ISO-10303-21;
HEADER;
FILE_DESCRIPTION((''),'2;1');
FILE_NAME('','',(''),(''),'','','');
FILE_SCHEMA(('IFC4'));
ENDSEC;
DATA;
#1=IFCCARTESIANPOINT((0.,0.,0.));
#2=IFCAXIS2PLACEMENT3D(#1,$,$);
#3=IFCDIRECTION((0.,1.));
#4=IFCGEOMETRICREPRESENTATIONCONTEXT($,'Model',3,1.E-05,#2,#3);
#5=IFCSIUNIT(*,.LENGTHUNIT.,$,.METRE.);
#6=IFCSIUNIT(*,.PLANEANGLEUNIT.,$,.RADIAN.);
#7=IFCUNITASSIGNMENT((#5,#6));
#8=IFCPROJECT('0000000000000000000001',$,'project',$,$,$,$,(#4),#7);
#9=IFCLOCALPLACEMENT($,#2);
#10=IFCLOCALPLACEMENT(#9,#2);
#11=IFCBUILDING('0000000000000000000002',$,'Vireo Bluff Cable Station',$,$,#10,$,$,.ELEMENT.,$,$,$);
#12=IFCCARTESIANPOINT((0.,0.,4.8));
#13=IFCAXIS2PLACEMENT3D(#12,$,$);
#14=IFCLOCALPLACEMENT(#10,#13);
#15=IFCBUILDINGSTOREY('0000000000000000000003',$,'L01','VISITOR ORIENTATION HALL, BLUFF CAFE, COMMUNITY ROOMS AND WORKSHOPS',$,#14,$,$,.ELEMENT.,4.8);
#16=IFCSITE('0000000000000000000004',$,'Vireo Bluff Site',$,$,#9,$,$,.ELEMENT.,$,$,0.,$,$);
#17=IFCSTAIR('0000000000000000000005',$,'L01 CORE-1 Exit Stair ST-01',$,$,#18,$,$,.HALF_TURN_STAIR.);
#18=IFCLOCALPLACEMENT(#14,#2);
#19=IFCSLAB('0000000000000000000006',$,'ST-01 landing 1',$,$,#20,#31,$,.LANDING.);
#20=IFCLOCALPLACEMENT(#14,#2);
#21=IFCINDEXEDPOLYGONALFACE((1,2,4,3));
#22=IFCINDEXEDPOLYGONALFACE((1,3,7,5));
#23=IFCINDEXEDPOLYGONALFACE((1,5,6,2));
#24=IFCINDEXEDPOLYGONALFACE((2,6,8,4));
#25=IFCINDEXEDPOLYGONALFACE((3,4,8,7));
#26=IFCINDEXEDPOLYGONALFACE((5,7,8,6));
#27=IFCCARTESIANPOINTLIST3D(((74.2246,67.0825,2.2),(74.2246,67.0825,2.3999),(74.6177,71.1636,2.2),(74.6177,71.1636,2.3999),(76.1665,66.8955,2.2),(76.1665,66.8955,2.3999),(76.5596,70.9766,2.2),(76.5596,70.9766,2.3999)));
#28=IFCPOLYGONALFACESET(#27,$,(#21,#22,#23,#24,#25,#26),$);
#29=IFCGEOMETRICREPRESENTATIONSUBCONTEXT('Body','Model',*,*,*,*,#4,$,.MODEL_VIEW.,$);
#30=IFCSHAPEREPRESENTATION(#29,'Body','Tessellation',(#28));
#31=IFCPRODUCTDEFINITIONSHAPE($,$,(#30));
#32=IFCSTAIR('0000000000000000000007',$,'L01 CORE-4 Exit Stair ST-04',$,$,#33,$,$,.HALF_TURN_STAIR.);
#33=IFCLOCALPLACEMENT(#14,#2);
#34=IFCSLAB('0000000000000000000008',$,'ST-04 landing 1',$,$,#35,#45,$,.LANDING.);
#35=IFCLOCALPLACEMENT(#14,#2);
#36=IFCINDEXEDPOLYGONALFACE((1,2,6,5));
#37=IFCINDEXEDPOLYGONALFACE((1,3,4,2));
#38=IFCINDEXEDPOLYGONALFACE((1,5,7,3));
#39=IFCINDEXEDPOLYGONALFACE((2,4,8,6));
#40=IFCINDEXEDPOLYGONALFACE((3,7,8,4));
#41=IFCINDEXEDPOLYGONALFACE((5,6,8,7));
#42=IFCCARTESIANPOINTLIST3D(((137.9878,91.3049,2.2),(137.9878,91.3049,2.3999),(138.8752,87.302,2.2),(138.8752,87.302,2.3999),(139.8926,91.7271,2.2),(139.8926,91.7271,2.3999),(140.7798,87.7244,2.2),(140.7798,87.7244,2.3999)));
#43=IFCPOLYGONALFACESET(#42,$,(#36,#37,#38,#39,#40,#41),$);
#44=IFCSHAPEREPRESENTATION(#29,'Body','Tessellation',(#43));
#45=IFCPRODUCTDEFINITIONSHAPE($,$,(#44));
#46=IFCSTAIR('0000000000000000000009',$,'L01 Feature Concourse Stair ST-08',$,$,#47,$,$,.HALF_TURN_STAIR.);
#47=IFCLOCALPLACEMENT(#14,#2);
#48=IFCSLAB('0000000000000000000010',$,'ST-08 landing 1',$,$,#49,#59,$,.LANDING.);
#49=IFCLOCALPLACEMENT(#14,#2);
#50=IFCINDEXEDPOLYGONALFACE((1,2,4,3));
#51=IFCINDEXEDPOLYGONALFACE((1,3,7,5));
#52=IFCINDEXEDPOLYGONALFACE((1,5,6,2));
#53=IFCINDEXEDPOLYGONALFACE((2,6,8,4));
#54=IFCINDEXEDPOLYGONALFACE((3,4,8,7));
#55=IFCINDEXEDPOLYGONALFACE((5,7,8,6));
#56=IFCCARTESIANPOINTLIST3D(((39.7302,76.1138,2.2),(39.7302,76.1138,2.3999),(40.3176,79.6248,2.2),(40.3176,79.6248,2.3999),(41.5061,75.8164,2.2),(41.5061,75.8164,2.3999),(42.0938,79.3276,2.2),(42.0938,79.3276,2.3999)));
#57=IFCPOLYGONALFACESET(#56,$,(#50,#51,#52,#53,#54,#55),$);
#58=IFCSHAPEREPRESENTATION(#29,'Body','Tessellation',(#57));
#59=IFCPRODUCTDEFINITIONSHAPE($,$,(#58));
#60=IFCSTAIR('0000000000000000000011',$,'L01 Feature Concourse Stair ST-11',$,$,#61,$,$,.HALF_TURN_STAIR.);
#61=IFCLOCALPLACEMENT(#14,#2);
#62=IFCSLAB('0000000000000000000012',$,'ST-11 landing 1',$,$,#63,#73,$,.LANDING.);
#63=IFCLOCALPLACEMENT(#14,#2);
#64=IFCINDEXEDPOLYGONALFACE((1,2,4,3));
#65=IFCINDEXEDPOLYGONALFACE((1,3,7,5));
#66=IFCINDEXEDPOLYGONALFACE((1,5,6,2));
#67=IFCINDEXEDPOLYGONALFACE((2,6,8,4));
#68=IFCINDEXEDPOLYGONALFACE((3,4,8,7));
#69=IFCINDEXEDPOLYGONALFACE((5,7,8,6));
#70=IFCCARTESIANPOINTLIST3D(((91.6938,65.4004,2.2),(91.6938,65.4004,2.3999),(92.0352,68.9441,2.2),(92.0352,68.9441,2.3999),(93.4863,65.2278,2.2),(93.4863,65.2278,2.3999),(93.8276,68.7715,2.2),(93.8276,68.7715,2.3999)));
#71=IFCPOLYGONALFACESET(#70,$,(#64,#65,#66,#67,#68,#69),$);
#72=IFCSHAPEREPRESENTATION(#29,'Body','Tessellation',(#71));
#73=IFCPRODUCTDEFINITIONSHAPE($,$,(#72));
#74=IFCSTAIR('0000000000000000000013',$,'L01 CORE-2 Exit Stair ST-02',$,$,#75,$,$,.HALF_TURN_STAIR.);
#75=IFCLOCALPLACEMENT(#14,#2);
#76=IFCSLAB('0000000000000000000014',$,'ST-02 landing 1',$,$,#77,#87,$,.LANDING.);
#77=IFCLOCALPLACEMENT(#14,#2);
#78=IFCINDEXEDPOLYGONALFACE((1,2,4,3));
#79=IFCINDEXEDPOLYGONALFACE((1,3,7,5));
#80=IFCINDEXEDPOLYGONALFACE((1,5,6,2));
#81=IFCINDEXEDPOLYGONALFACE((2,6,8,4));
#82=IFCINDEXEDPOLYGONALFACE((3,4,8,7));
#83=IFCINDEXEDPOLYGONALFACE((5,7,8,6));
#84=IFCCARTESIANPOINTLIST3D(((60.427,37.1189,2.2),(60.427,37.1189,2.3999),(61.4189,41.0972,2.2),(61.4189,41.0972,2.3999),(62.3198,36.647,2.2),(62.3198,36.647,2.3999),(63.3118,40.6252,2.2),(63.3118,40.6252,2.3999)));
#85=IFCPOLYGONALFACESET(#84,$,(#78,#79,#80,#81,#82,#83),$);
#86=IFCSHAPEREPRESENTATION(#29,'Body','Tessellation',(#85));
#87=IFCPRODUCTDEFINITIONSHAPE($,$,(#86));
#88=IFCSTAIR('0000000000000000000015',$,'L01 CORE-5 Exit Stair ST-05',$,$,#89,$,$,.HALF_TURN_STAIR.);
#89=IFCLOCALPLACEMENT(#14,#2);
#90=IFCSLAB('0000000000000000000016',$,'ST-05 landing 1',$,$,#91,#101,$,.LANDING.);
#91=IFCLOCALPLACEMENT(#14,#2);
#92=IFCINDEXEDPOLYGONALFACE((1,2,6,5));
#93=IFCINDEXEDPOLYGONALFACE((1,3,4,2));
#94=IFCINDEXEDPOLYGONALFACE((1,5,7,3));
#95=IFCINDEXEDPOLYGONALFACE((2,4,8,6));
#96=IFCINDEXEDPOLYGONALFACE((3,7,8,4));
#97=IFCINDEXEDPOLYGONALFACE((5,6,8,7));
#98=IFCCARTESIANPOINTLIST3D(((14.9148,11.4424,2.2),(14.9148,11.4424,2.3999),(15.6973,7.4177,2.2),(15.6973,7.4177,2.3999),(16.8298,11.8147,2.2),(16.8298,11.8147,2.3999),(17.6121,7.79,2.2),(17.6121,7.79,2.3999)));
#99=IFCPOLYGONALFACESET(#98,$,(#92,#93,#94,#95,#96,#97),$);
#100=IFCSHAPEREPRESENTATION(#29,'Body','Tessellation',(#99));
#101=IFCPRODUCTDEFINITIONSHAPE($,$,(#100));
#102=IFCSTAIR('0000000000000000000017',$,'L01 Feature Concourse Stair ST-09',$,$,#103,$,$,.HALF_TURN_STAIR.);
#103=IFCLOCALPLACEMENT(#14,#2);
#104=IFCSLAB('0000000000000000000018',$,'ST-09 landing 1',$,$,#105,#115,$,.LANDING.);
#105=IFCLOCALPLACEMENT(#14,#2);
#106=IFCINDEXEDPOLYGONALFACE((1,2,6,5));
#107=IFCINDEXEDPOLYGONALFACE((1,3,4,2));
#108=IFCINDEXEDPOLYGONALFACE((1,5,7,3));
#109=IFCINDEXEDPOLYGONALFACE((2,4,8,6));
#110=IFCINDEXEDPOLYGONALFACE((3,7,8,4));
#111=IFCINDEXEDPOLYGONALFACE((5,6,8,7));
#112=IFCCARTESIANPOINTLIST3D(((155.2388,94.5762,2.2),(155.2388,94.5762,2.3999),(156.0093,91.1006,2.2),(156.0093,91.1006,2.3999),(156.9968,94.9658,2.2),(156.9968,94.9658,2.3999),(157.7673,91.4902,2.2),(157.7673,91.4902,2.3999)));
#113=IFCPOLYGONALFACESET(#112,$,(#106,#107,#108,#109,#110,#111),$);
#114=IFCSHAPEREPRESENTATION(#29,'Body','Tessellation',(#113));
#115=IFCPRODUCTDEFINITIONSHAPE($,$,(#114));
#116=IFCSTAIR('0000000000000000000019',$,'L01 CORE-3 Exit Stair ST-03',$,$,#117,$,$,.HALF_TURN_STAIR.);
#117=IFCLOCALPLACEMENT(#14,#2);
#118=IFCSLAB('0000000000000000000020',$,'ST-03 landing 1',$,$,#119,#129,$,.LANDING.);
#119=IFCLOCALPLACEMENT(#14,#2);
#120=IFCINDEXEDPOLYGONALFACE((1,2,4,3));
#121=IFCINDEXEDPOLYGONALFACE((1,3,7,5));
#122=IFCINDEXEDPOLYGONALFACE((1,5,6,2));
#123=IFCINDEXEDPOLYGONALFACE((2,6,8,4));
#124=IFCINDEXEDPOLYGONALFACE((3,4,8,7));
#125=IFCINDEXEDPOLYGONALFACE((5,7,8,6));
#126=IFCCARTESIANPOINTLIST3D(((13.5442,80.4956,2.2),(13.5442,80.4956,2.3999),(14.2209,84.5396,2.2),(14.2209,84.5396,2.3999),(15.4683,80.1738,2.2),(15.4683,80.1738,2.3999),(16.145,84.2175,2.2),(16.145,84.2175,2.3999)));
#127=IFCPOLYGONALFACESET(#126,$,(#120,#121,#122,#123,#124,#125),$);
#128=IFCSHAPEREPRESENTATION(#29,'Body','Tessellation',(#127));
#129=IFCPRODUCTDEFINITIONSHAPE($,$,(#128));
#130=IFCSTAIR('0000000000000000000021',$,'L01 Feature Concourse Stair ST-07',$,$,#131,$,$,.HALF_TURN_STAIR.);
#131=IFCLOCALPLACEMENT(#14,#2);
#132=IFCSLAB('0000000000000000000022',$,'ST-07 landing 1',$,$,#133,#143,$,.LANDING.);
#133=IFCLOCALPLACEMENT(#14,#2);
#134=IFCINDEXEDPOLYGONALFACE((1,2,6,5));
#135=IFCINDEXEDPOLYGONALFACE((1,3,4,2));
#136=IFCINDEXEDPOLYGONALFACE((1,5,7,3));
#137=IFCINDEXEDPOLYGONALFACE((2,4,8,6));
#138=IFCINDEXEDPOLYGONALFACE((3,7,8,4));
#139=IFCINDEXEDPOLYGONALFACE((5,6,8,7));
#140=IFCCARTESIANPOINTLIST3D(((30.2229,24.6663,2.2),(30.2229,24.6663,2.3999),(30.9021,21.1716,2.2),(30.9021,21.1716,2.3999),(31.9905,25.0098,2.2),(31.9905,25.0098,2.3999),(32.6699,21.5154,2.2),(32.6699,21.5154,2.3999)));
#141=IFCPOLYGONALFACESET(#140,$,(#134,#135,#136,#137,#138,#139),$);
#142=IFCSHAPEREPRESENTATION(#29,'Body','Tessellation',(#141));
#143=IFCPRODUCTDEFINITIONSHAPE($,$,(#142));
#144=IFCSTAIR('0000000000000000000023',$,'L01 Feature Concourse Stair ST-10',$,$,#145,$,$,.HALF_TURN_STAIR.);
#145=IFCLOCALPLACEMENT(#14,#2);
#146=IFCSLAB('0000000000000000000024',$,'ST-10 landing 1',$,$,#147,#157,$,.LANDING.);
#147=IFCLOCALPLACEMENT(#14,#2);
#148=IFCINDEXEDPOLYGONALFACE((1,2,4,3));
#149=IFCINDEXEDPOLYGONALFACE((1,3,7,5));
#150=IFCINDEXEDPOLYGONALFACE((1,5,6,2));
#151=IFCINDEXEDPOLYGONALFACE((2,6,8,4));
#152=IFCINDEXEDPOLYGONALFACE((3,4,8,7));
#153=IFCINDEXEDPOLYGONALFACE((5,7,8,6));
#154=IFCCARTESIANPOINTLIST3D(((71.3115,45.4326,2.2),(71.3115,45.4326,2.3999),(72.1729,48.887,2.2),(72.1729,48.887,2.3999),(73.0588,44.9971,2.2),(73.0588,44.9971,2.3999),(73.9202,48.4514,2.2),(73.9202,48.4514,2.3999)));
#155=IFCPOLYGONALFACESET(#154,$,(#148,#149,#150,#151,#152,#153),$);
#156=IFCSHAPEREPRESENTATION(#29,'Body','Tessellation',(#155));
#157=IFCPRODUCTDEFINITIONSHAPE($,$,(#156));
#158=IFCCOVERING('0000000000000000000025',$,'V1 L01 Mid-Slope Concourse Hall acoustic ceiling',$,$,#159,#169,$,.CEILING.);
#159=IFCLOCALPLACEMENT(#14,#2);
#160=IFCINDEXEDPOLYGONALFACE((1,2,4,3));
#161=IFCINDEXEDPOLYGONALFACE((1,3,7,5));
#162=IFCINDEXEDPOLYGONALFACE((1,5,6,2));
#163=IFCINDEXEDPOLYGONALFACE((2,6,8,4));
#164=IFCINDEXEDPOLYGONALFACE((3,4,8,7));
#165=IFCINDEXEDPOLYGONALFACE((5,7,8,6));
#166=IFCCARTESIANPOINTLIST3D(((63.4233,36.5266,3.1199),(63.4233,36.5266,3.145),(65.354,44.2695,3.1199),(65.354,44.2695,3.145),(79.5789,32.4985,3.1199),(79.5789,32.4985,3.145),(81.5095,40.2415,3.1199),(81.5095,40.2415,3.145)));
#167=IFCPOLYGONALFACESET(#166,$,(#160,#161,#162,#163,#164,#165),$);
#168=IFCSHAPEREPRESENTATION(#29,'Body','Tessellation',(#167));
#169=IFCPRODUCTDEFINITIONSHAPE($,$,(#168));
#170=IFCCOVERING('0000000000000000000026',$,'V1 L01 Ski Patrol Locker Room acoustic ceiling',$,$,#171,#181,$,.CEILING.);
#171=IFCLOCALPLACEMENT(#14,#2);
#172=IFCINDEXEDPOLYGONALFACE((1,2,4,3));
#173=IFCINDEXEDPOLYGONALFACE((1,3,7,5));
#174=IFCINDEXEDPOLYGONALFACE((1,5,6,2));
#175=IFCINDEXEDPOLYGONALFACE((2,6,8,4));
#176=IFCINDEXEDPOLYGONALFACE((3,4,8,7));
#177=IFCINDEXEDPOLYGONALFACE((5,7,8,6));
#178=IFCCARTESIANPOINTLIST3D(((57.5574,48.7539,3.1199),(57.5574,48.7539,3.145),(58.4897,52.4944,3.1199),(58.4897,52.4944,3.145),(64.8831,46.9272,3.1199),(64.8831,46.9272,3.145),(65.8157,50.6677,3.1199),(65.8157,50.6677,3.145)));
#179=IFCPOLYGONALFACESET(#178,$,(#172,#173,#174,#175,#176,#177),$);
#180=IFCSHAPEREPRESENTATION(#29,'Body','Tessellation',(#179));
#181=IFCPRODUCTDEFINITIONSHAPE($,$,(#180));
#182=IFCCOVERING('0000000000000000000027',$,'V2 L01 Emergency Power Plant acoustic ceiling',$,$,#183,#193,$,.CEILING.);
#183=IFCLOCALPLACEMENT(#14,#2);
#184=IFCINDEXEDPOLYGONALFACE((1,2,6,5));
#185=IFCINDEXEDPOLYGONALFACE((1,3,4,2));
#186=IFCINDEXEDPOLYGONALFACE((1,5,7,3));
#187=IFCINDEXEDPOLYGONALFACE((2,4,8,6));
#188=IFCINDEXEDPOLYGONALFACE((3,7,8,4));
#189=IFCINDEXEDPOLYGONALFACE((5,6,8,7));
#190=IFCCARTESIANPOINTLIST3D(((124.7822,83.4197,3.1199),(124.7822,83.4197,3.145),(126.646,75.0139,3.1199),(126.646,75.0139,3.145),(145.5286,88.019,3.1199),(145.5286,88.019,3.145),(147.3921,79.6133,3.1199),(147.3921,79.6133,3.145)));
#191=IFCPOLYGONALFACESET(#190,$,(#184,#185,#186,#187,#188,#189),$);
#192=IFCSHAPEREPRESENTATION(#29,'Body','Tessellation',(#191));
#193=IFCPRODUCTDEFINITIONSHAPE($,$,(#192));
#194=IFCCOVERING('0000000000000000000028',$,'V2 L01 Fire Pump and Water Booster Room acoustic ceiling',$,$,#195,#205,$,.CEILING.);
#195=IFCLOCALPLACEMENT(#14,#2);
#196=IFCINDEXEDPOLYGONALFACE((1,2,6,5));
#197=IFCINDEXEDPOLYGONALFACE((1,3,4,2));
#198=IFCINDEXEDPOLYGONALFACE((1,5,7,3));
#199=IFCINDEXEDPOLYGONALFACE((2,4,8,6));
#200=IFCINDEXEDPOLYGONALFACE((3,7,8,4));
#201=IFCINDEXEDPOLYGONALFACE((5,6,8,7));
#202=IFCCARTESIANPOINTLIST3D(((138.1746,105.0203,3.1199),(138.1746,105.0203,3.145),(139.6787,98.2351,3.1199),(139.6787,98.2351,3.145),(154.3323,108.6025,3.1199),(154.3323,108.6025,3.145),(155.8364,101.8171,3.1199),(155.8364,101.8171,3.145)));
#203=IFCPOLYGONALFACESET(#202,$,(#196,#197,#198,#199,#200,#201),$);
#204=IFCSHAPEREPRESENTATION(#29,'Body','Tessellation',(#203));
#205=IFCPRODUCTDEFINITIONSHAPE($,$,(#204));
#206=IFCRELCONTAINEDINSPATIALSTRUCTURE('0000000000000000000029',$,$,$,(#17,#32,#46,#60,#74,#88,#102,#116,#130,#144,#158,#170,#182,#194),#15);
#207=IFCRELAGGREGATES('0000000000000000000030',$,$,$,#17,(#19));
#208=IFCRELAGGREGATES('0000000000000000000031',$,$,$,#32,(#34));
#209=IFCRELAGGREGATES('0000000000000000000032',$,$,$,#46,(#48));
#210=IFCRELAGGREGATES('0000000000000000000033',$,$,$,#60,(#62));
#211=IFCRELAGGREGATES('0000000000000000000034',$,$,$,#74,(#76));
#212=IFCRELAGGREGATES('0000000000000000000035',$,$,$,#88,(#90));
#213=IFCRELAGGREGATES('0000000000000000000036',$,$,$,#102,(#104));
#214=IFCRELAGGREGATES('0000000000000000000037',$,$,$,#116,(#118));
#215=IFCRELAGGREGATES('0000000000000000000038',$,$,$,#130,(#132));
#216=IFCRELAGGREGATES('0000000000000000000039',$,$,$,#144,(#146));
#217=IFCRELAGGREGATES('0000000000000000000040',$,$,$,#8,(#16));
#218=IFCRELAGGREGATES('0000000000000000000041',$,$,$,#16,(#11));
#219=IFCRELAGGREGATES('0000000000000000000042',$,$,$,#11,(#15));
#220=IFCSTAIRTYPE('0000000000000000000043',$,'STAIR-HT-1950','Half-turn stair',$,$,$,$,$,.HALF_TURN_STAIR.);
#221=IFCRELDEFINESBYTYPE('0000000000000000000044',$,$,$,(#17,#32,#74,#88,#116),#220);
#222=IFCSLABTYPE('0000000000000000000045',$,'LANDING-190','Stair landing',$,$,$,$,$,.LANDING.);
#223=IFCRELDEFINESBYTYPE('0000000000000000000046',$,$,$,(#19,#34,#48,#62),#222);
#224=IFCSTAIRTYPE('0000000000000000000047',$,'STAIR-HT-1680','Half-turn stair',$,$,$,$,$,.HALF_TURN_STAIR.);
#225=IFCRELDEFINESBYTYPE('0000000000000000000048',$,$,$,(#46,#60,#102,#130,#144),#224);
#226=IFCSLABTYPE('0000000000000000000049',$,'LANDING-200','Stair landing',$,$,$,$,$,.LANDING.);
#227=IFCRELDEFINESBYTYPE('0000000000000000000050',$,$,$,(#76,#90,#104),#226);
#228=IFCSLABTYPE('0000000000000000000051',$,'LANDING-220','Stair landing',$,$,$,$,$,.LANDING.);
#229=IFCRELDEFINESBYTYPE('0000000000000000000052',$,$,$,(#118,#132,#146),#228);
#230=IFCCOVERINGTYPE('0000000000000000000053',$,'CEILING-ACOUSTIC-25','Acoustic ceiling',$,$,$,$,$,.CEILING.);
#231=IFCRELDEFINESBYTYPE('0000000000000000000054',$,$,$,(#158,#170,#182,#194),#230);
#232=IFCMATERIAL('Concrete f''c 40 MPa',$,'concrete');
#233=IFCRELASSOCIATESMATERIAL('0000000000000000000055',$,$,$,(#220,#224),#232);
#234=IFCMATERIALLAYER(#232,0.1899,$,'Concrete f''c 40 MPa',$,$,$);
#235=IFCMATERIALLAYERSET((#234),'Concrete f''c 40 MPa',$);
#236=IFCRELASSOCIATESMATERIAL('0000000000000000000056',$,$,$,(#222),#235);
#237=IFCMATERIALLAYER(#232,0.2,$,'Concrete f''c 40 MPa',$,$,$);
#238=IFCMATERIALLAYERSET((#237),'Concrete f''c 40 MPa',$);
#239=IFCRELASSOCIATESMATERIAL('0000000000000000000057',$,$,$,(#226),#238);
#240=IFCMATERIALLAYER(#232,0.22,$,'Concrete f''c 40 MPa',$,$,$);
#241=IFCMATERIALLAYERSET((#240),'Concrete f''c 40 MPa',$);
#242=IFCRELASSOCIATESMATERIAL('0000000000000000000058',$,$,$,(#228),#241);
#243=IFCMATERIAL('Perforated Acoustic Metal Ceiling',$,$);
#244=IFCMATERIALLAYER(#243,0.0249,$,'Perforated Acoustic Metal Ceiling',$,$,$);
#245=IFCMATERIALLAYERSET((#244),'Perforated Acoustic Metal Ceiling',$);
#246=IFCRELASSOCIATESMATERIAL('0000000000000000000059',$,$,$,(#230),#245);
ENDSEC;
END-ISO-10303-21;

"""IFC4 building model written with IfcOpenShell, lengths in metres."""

from ifc_helpers import new_model, si_unit, direction, frame, origin, place, context, subcontext, project, spatial, polyline, outline, extrude, material, layer, layer_set, type_object, element, aggregate, save


model = new_model("IFC4")

# Units and contexts
model_context = context("Model", 3, precision=1e-05, world=origin(), true_north=direction((0.0, 1.0)))
body_context = subcontext(model_context, "Body", "Model", "MODEL_VIEW")
ifc_project = project(units=[si_unit("LENGTHUNIT", "METRE"), si_unit("PLANEANGLEUNIT", "RADIAN")], contexts=[model_context])

# Site, building, storey
site_placement = place(None, origin())
site = spatial("IfcSite", under=ifc_project, at=site_placement, Name="Vireo Bluff Site", CompositionType="ELEMENT", RefElevation=0.0)
building_placement = place(site_placement, origin())
building = spatial("IfcBuilding", under=site, at=building_placement, Name="Vireo Bluff Cable Station", CompositionType="ELEMENT")
storey_placement = place(building_placement, frame((0.0, 0.0, 4.8)))
storey = spatial("IfcBuildingStorey", under=building, at=storey_placement, Name="L01", Description="VISITOR ORIENTATION HALL, BLUFF CAFE, COMMUNITY ROOMS AND WORKSHOPS", CompositionType="ELEMENT", Elevation=4.8)

# Stairs, slabs
ifc_material_1 = material(Name="Concrete f'c 40 MPa", Category="concrete")
stair_type_1 = type_object("IfcStairType", Name="STAIR-HT-1950", Description="Half-turn stair", PredefinedType="HALF_TURN_STAIR", material=ifc_material_1)
stair_1_placement = place(storey_placement, origin())
stair_1 = element("IfcStair", 1, at=stair_1_placement, inside=storey, type_object=stair_type_1, Name="L01 CORE-1 Exit Stair ST-01", PredefinedType="HALF_TURN_STAIR")
ifc_layer_1 = layer(ifc_material_1, 0.1899, Name="Concrete f'c 40 MPa")
ifc_layer_set_1 = layer_set([ifc_layer_1], Name="Concrete f'c 40 MPa")
slab_type_1 = type_object("IfcSlabType", Name="LANDING-190", Description="Stair landing", PredefinedType="LANDING", material=ifc_layer_set_1)
slab_1_placement = place(storey_placement, frame((0.0, 0.0, 2.2)))
slab_1 = element("IfcSlab", 2, at=slab_1_placement, type_object=slab_type_1, Name="ST-01 landing 1", PredefinedType="LANDING", context=body_context, shape_type="SweptSolid", body=[
    extrude(outline(polyline([(74.2246, 67.0825), (76.1665, 66.8955), (76.5596, 70.9766), (74.6177, 71.1636), (74.2246, 67.0825)])), origin(), (0.0, 0.0, 1.0), 0.2),
])
aggregate(stair_1, [slab_1])
stair_2_placement = place(storey_placement, origin())
stair_2 = element("IfcStair", 3, at=stair_2_placement, inside=storey, type_object=stair_type_1, Name="L01 CORE-4 Exit Stair ST-04", PredefinedType="HALF_TURN_STAIR")
slab_2_placement = place(storey_placement, frame((0.0, 0.0, 2.2)))
slab_2 = element("IfcSlab", 4, at=slab_2_placement, type_object=slab_type_1, Name="ST-04 landing 1", PredefinedType="LANDING", context=body_context, shape_type="SweptSolid", body=[
    extrude(outline(polyline([(138.8752, 87.302), (140.7798, 87.7244), (139.8926, 91.7271), (137.9878, 91.3049), (138.8752, 87.302)])), origin(), (0.0, 0.0, 1.0), 0.2),
])
aggregate(stair_2, [slab_2])
stair_type_2 = type_object("IfcStairType", Name="STAIR-HT-1680", Description="Half-turn stair", PredefinedType="HALF_TURN_STAIR", material=ifc_material_1)
stair_3_placement = place(storey_placement, origin())
stair_3 = element("IfcStair", 5, at=stair_3_placement, inside=storey, type_object=stair_type_2, Name="L01 Feature Concourse Stair ST-08", PredefinedType="HALF_TURN_STAIR")
slab_3_placement = place(storey_placement, frame((0.0, 0.0, 2.2)))
slab_3 = element("IfcSlab", 6, at=slab_3_placement, type_object=slab_type_1, Name="ST-08 landing 1", PredefinedType="LANDING", context=body_context, shape_type="SweptSolid", body=[
    extrude(outline(polyline([(39.7302, 76.1138), (41.5061, 75.8164), (42.0938, 79.3276), (40.3176, 79.6248), (39.7302, 76.1138)])), origin(), (0.0, 0.0, 1.0), 0.2),
])
aggregate(stair_3, [slab_3])
stair_4_placement = place(storey_placement, origin())
stair_4 = element("IfcStair", 7, at=stair_4_placement, inside=storey, type_object=stair_type_2, Name="L01 Feature Concourse Stair ST-11", PredefinedType="HALF_TURN_STAIR")
slab_4_placement = place(storey_placement, frame((0.0, 0.0, 2.2)))
slab_4 = element("IfcSlab", 8, at=slab_4_placement, type_object=slab_type_1, Name="ST-11 landing 1", PredefinedType="LANDING", context=body_context, shape_type="SweptSolid", body=[
    extrude(outline(polyline([(91.6938, 65.4004), (93.4863, 65.2278), (93.8276, 68.7715), (92.0352, 68.9441), (91.6938, 65.4004)])), origin(), (0.0, 0.0, 1.0), 0.2),
])
aggregate(stair_4, [slab_4])
stair_5_placement = place(storey_placement, origin())
stair_5 = element("IfcStair", 9, at=stair_5_placement, inside=storey, type_object=stair_type_1, Name="L01 CORE-2 Exit Stair ST-02", PredefinedType="HALF_TURN_STAIR")
ifc_layer_2 = layer(ifc_material_1, 0.2, Name="Concrete f'c 40 MPa")
ifc_layer_set_2 = layer_set([ifc_layer_2], Name="Concrete f'c 40 MPa")
slab_type_2 = type_object("IfcSlabType", Name="LANDING-200", Description="Stair landing", PredefinedType="LANDING", material=ifc_layer_set_2)
slab_5_placement = place(storey_placement, frame((0.0, 0.0, 2.2)))
slab_5 = element("IfcSlab", 10, at=slab_5_placement, type_object=slab_type_2, Name="ST-02 landing 1", PredefinedType="LANDING", context=body_context, shape_type="SweptSolid", body=[
    extrude(outline(polyline([(60.427, 37.1189), (62.3198, 36.647), (63.3118, 40.6252), (61.4189, 41.0972), (60.427, 37.1189)])), origin(), (0.0, 0.0, 1.0), 0.2),
])
aggregate(stair_5, [slab_5])
stair_6_placement = place(storey_placement, origin())
stair_6 = element("IfcStair", 11, at=stair_6_placement, inside=storey, type_object=stair_type_1, Name="L01 CORE-5 Exit Stair ST-05", PredefinedType="HALF_TURN_STAIR")
slab_6_placement = place(storey_placement, frame((0.0, 0.0, 2.2)))
slab_6 = element("IfcSlab", 12, at=slab_6_placement, type_object=slab_type_2, Name="ST-05 landing 1", PredefinedType="LANDING", context=body_context, shape_type="SweptSolid", body=[
    extrude(outline(polyline([(15.6973, 7.4177), (17.6121, 7.79), (16.8298, 11.8147), (14.9148, 11.4424), (15.6973, 7.4177)])), origin(), (0.0, 0.0, 1.0), 0.2),
])
aggregate(stair_6, [slab_6])
stair_7_placement = place(storey_placement, origin())
stair_7 = element("IfcStair", 13, at=stair_7_placement, inside=storey, type_object=stair_type_2, Name="L01 Feature Concourse Stair ST-09", PredefinedType="HALF_TURN_STAIR")
slab_7_placement = place(storey_placement, frame((0.0, 0.0, 2.2)))
slab_7 = element("IfcSlab", 14, at=slab_7_placement, type_object=slab_type_2, Name="ST-09 landing 1", PredefinedType="LANDING", context=body_context, shape_type="SweptSolid", body=[
    extrude(outline(polyline([(156.0093, 91.1006), (157.7673, 91.4902), (156.9968, 94.9658), (155.2388, 94.5762), (156.0093, 91.1006)])), origin(), (0.0, 0.0, 1.0), 0.2),
])
aggregate(stair_7, [slab_7])
stair_8_placement = place(storey_placement, origin())
stair_8 = element("IfcStair", 15, at=stair_8_placement, inside=storey, type_object=stair_type_1, Name="L01 CORE-3 Exit Stair ST-03", PredefinedType="HALF_TURN_STAIR")
ifc_layer_3 = layer(ifc_material_1, 0.22, Name="Concrete f'c 40 MPa")
ifc_layer_set_3 = layer_set([ifc_layer_3], Name="Concrete f'c 40 MPa")
slab_type_3 = type_object("IfcSlabType", Name="LANDING-220", Description="Stair landing", PredefinedType="LANDING", material=ifc_layer_set_3)
slab_8_placement = place(storey_placement, frame((0.0, 0.0, 2.2)))
slab_8 = element("IfcSlab", 16, at=slab_8_placement, type_object=slab_type_3, Name="ST-03 landing 1", PredefinedType="LANDING", context=body_context, shape_type="SweptSolid", body=[
    extrude(outline(polyline([(13.5442, 80.4956), (15.4683, 80.1738), (16.145, 84.2175), (14.2209, 84.5396), (13.5442, 80.4956)])), origin(), (0.0, 0.0, 1.0), 0.2),
])
aggregate(stair_8, [slab_8])
stair_9_placement = place(storey_placement, origin())
stair_9 = element("IfcStair", 17, at=stair_9_placement, inside=storey, type_object=stair_type_2, Name="L01 Feature Concourse Stair ST-07", PredefinedType="HALF_TURN_STAIR")
slab_9_placement = place(storey_placement, frame((0.0, 0.0, 2.2)))
slab_9 = element("IfcSlab", 18, at=slab_9_placement, type_object=slab_type_3, Name="ST-07 landing 1", PredefinedType="LANDING", context=body_context, shape_type="SweptSolid", body=[
    extrude(outline(polyline([(30.9021, 21.1716), (32.6699, 21.5154), (31.9905, 25.0098), (30.2229, 24.6663), (30.9021, 21.1716)])), origin(), (0.0, 0.0, 1.0), 0.2),
])
aggregate(stair_9, [slab_9])
stair_10_placement = place(storey_placement, origin())
stair_10 = element("IfcStair", 19, at=stair_10_placement, inside=storey, type_object=stair_type_2, Name="L01 Feature Concourse Stair ST-10", PredefinedType="HALF_TURN_STAIR")
slab_10_placement = place(storey_placement, frame((0.0, 0.0, 2.2)))
slab_10 = element("IfcSlab", 20, at=slab_10_placement, type_object=slab_type_3, Name="ST-10 landing 1", PredefinedType="LANDING", context=body_context, shape_type="SweptSolid", body=[
    extrude(outline(polyline([(71.3115, 45.4326), (73.0588, 44.9971), (73.9202, 48.4514), (72.1729, 48.887), (71.3115, 45.4326)])), origin(), (0.0, 0.0, 1.0), 0.2),
])
aggregate(stair_10, [slab_10])

# Coverings
ifc_material_2 = material(Name="Perforated Acoustic Metal Ceiling")
ifc_layer_4 = layer(ifc_material_2, 0.0249, Name="Perforated Acoustic Metal Ceiling")
ifc_layer_set_4 = layer_set([ifc_layer_4], Name="Perforated Acoustic Metal Ceiling")
covering_type_1 = type_object("IfcCoveringType", Name="CEILING-ACOUSTIC-25", Description="Acoustic ceiling", PredefinedType="CEILING", material=ifc_layer_set_4)
covering_1_placement = place(storey_placement, frame((0.0, 0.0, 3.1199)))
element("IfcCovering", 21, at=covering_1_placement, inside=storey, type_object=covering_type_1, Name="V1 L01 Mid-Slope Concourse Hall acoustic ceiling", PredefinedType="CEILING", context=body_context, shape_type="SweptSolid", body=[
    extrude(outline(polyline([(63.4233, 36.5266), (79.5789, 32.4985), (81.5095, 40.2415), (65.354, 44.2695), (63.4233, 36.5266)])), origin(), (0.0, 0.0, 1.0), 0.0251),
])
covering_2_placement = place(storey_placement, frame((0.0, 0.0, 3.1199)))
element("IfcCovering", 22, at=covering_2_placement, inside=storey, type_object=covering_type_1, Name="V1 L01 Ski Patrol Locker Room acoustic ceiling", PredefinedType="CEILING", context=body_context, shape_type="SweptSolid", body=[
    extrude(outline(polyline([(57.5574, 48.7539), (64.8831, 46.9272), (65.8157, 50.6677), (58.4897, 52.4944), (57.5574, 48.7539)])), origin(), (0.0, 0.0, 1.0), 0.0251),
])
covering_3_placement = place(storey_placement, frame((0.0, 0.0, 3.1199)))
element("IfcCovering", 23, at=covering_3_placement, inside=storey, type_object=covering_type_1, Name="V2 L01 Emergency Power Plant acoustic ceiling", PredefinedType="CEILING", context=body_context, shape_type="SweptSolid", body=[
    extrude(outline(polyline([(126.646, 75.0139), (147.3921, 79.6133), (145.5286, 88.019), (124.7822, 83.4197), (126.646, 75.0139)])), origin(), (0.0, 0.0, 1.0), 0.0251),
])
covering_4_placement = place(storey_placement, frame((0.0, 0.0, 3.1199)))
element("IfcCovering", 24, at=covering_4_placement, inside=storey, type_object=covering_type_1, Name="V2 L01 Fire Pump and Water Booster Room acoustic ceiling", PredefinedType="CEILING", context=body_context, shape_type="SweptSolid", body=[
    extrude(outline(polyline([(139.6787, 98.2351), (155.8364, 101.8171), (154.3323, 108.6025), (138.1746, 105.0203), (139.6787, 98.2351)])), origin(), (0.0, 0.0, 1.0), 0.0251),
])

save(model, "model.ifc")
